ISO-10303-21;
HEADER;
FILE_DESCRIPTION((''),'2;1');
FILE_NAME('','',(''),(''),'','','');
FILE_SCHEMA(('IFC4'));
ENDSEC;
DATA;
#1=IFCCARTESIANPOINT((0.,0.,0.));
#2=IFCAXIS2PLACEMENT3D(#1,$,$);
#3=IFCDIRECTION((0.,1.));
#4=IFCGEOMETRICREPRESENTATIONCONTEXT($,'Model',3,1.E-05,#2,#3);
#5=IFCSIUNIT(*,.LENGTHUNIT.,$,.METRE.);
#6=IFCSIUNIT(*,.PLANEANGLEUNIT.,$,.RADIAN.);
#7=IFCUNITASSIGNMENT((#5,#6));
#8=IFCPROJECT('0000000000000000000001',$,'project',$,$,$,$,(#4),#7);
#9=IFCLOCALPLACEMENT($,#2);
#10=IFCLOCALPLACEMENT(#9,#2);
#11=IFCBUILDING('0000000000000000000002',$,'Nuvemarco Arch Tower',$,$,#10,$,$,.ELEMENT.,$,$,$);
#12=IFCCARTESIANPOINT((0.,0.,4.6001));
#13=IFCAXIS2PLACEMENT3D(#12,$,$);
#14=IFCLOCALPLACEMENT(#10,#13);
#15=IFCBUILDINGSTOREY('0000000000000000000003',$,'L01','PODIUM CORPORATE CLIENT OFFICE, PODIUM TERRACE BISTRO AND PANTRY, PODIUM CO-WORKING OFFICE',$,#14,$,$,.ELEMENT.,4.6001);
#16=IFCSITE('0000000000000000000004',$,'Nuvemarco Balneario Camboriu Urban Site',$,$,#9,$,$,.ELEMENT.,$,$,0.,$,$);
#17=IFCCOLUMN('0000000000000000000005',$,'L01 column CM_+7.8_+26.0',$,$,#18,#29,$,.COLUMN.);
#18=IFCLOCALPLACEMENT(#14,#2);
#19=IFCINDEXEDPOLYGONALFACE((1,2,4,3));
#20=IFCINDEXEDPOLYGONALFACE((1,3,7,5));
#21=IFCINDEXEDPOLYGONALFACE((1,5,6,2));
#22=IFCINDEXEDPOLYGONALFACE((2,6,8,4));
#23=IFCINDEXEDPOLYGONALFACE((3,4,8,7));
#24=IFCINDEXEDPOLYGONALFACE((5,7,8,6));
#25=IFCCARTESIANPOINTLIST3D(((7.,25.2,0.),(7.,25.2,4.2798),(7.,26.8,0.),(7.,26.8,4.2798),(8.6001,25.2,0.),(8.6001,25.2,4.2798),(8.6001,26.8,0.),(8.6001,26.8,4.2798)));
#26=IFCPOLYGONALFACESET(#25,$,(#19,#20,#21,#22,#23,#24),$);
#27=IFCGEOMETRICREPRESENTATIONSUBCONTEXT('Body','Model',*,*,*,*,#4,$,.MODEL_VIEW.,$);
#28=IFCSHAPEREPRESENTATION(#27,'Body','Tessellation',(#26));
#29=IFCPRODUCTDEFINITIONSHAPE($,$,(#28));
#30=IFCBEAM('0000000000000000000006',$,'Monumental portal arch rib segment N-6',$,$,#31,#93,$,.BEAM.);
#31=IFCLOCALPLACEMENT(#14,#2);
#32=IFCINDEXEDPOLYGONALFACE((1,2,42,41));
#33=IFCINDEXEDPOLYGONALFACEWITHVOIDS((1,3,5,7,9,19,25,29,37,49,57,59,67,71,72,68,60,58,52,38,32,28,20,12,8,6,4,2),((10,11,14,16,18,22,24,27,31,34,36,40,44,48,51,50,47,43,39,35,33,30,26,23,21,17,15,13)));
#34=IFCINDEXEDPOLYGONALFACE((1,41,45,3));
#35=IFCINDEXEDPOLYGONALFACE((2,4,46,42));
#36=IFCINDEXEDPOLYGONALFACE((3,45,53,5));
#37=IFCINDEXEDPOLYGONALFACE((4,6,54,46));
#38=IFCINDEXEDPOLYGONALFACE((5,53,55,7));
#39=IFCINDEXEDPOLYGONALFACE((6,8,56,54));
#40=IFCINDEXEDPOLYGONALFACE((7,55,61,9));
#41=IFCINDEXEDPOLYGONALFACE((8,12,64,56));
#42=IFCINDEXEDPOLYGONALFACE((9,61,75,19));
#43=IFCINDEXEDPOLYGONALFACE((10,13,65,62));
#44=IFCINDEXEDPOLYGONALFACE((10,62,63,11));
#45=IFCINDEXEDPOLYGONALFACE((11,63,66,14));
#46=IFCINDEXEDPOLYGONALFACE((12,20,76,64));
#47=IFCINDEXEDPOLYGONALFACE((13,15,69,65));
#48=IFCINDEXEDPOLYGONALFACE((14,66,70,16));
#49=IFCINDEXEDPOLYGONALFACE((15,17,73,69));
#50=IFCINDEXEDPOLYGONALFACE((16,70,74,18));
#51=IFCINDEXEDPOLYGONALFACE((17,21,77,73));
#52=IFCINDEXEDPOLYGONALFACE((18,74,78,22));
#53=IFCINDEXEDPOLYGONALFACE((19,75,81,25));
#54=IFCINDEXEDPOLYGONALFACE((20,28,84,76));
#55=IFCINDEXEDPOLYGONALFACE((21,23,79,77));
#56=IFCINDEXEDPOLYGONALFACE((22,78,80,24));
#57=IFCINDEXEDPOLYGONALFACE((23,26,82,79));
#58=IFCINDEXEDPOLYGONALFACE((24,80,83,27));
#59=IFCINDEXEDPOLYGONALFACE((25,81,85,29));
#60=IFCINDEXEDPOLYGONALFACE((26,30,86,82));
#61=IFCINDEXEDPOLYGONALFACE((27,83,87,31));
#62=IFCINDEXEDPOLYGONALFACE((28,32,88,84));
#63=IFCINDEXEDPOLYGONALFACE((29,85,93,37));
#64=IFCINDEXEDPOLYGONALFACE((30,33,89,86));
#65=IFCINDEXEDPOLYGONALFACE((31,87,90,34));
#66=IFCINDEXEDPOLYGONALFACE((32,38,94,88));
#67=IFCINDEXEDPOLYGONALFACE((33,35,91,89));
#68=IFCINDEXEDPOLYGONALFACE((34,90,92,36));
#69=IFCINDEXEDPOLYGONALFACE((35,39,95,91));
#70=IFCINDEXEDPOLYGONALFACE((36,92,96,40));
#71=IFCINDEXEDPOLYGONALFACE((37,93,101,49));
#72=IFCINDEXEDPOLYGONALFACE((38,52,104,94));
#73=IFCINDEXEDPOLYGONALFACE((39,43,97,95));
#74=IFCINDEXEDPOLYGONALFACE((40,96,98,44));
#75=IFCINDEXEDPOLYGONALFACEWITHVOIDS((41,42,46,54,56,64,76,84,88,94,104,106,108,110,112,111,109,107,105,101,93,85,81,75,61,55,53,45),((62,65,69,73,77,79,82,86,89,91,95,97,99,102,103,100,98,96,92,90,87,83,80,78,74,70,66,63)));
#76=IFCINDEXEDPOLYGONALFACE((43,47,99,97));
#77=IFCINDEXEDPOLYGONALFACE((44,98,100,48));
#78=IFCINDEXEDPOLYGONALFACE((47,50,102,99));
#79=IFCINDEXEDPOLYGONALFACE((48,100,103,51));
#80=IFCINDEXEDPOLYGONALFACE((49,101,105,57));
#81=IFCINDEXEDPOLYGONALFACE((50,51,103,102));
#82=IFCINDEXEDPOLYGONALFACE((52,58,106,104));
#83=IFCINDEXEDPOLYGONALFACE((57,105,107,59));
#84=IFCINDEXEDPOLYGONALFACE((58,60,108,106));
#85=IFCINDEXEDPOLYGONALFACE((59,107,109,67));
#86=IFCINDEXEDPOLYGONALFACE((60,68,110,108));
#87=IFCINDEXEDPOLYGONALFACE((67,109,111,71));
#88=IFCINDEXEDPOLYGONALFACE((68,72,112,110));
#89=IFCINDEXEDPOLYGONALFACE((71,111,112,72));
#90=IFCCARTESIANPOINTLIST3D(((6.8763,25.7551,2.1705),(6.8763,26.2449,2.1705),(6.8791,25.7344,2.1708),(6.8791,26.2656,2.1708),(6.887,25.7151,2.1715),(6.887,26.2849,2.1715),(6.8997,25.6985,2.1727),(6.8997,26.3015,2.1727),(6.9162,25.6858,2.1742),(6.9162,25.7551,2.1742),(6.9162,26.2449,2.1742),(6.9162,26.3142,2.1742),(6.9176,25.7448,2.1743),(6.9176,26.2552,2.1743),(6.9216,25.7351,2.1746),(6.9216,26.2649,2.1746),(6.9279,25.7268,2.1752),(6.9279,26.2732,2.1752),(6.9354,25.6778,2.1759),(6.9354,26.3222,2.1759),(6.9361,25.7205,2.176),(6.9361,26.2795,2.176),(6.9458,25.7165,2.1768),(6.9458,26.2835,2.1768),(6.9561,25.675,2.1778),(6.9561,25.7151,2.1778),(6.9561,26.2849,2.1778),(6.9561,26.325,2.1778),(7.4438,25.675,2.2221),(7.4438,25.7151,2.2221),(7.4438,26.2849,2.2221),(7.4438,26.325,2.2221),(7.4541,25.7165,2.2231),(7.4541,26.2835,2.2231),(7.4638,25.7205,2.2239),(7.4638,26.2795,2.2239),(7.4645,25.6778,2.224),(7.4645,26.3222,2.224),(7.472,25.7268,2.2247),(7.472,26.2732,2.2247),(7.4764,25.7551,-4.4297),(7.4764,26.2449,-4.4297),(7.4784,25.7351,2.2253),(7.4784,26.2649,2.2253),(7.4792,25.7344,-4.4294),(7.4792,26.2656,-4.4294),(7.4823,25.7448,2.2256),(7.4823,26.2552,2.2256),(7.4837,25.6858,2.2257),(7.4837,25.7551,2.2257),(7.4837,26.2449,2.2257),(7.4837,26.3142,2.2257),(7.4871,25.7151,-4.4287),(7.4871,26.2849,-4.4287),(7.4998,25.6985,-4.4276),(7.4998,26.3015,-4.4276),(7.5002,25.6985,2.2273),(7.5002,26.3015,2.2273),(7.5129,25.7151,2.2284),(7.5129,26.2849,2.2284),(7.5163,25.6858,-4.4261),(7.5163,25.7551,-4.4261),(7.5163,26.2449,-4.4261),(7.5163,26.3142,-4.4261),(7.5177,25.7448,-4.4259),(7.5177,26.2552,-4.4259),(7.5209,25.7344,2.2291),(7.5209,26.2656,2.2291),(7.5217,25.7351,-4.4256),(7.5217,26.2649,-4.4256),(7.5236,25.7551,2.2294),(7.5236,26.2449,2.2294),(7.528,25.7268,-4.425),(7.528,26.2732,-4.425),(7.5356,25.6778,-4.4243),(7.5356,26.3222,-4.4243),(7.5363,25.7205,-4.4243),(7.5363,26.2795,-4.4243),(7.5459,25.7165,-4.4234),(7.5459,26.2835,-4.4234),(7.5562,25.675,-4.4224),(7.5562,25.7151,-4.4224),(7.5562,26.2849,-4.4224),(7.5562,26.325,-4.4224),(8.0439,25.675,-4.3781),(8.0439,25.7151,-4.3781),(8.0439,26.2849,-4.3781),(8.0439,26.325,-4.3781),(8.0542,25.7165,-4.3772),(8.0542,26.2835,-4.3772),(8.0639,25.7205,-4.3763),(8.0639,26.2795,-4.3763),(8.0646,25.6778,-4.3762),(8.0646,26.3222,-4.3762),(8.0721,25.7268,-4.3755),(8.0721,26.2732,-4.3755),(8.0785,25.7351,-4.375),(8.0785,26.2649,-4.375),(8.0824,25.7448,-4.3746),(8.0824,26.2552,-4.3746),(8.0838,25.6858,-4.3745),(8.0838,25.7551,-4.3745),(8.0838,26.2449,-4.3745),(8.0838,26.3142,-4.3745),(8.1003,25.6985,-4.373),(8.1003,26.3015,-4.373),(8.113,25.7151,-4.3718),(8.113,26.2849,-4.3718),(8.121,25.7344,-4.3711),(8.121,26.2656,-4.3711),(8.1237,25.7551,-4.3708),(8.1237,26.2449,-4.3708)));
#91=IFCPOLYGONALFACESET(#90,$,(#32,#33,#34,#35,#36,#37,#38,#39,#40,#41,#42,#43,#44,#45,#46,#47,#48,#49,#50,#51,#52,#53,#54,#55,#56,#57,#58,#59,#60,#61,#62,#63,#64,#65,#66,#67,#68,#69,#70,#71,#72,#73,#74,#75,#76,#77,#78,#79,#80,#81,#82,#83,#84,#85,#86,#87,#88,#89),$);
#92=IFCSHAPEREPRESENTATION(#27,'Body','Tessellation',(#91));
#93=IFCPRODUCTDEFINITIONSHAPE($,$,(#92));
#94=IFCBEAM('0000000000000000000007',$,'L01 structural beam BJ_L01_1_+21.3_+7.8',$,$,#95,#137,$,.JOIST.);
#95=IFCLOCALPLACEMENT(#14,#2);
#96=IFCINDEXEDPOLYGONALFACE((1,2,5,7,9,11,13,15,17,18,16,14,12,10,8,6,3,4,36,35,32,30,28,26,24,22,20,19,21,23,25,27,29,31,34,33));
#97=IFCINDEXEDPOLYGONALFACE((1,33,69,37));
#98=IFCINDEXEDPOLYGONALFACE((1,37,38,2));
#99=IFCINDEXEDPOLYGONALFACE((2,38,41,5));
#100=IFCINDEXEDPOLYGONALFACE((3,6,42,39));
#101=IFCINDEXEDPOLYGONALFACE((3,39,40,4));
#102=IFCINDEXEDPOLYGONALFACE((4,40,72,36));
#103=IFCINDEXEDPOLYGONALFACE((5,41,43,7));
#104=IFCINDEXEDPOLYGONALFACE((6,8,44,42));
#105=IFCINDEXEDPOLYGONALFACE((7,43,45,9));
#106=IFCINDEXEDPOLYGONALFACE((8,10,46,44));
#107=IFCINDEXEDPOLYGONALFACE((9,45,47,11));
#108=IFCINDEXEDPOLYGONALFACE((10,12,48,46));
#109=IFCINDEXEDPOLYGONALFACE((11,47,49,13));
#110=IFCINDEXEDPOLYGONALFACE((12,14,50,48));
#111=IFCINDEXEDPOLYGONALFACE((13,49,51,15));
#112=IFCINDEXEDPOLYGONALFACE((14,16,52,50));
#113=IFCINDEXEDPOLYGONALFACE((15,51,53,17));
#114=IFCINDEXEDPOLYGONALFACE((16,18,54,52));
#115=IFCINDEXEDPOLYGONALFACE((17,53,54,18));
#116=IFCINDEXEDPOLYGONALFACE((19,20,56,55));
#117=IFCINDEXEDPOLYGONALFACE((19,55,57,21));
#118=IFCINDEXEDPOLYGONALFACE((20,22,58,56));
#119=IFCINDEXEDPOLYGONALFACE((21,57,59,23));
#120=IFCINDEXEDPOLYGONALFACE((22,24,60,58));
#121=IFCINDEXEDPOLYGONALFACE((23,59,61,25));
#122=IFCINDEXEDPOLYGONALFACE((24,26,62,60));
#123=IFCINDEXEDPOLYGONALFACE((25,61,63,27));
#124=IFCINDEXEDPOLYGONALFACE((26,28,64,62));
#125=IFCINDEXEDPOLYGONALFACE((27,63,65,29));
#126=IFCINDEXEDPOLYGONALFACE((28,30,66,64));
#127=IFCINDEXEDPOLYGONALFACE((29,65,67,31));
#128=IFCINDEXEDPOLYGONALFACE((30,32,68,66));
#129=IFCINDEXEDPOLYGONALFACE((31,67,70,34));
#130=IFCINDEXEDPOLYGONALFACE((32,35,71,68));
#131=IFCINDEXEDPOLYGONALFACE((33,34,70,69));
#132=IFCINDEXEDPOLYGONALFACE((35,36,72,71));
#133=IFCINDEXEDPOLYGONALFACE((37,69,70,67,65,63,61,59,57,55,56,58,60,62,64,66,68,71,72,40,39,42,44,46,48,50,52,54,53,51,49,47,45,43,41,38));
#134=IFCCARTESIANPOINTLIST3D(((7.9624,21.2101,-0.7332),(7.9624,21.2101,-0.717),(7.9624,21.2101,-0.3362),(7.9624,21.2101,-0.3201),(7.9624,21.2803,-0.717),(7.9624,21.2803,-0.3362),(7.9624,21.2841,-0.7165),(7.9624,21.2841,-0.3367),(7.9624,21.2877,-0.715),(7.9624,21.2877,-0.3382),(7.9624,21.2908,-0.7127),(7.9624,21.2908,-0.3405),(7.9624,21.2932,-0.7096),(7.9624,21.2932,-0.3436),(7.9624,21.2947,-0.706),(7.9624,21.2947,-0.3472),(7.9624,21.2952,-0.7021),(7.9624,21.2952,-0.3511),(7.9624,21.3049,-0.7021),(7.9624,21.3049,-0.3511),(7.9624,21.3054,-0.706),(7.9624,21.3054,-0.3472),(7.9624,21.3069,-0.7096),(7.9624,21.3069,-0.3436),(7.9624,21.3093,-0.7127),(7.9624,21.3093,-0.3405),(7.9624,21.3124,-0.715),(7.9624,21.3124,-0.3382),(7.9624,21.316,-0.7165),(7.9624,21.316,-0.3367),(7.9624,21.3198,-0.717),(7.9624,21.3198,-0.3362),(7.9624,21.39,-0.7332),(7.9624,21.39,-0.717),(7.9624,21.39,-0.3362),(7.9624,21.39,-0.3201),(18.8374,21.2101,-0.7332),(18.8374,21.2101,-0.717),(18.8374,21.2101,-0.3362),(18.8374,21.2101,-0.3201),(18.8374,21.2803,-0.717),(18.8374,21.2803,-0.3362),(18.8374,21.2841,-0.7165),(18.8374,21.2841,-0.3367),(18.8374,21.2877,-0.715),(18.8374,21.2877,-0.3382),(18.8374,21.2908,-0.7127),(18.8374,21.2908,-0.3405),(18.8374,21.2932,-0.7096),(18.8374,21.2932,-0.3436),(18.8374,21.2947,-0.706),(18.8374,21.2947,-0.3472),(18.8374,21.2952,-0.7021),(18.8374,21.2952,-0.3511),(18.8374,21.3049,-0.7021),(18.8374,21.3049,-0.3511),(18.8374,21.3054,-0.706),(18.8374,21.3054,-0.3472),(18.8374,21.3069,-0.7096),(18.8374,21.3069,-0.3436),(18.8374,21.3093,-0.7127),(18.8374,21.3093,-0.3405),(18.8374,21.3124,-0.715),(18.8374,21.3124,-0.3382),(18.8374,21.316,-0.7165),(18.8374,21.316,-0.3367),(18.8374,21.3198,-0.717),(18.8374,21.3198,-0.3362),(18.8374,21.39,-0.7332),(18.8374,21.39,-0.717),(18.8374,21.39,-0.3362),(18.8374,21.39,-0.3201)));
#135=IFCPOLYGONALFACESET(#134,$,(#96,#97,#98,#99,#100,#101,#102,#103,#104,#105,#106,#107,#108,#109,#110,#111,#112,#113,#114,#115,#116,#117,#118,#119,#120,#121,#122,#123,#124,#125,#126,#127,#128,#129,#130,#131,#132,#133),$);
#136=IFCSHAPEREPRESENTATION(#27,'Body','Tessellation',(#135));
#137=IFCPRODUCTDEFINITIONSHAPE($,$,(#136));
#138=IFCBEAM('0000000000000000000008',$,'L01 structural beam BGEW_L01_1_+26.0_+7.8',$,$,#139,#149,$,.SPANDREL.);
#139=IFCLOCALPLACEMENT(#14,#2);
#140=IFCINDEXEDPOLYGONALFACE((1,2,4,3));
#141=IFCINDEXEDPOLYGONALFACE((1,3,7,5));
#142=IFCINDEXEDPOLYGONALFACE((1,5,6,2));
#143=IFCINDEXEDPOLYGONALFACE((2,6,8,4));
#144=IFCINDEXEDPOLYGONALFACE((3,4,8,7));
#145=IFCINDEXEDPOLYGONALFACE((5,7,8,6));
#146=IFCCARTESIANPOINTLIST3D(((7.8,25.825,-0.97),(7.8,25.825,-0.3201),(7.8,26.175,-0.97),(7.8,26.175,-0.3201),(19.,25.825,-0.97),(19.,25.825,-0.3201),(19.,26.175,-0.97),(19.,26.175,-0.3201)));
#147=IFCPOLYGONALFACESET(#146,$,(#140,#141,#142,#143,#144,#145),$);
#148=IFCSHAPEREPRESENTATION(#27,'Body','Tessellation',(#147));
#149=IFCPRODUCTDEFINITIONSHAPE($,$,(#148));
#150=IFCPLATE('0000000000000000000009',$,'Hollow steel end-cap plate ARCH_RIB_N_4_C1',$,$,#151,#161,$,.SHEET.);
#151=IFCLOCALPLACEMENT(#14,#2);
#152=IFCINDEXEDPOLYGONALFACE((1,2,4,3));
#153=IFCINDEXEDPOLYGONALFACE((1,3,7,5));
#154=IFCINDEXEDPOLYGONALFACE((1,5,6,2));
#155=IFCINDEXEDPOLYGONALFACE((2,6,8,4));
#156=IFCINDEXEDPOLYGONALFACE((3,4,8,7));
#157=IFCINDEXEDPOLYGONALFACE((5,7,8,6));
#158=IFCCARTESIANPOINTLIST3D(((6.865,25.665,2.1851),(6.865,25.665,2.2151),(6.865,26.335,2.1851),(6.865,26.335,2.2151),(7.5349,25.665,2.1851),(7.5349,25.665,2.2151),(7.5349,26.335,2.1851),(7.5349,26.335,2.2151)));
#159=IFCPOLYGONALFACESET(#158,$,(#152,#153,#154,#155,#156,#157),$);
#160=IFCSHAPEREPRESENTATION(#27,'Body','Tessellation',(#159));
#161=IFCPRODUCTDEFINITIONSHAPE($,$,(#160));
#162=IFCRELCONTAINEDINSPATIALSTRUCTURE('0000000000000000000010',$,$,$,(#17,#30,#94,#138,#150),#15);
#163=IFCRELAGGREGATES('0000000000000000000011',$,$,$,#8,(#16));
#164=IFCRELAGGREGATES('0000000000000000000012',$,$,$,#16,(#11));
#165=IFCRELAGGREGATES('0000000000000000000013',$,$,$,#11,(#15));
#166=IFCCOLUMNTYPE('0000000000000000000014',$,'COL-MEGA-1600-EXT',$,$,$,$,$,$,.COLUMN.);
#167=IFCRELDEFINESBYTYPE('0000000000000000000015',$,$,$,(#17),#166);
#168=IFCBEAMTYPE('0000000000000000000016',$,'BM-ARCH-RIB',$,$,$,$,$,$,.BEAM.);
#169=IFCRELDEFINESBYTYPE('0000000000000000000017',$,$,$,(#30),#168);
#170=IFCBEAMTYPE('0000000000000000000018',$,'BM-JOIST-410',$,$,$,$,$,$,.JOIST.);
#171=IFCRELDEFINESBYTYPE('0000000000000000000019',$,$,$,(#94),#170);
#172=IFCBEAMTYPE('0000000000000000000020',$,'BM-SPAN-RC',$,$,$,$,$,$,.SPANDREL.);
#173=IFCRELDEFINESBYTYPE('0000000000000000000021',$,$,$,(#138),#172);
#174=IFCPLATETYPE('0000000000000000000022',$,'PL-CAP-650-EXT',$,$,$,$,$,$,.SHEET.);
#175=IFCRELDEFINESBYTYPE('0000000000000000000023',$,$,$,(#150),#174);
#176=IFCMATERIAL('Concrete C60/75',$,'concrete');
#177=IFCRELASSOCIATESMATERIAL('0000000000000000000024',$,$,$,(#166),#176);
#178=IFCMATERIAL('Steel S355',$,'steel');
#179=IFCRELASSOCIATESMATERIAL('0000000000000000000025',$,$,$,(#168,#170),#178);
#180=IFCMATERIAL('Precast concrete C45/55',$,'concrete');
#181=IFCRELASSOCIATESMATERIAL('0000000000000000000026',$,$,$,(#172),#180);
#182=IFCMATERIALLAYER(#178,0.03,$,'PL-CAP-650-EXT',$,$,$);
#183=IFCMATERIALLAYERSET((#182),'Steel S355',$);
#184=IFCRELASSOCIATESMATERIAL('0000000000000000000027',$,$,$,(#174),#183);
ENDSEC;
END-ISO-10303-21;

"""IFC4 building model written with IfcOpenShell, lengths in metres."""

from ifc_helpers import new_model, si_unit, direction, frame, origin, origin_2d, place, context, subcontext, project, spatial, rectangle, hollow_rectangle, i_section, extrude, source, transform, mapped, material, layer, layer_set, material_profile, profile_set, type_object, type_shapes, element, save


model = new_model("IFC4")

# Units and contexts
model_context = context("Model", 3, precision=1e-05, world=origin(), true_north=direction((0.0, 1.0)))
body_context = subcontext(model_context, "Body", "Model", "MODEL_VIEW")
ifc_project = project(units=[si_unit("LENGTHUNIT", "METRE"), si_unit("PLANEANGLEUNIT", "RADIAN")], contexts=[model_context])

# Site, building, storey
site_placement = place(None, origin())
site = spatial("IfcSite", under=ifc_project, at=site_placement, Name="Nuvemarco Balneario Camboriu Urban Site", CompositionType="ELEMENT", RefElevation=0.0)
building_placement = place(site_placement, origin())
building = spatial("IfcBuilding", under=site, at=building_placement, Name="Nuvemarco Arch Tower", CompositionType="ELEMENT")
storey_placement = place(building_placement, frame((0.0, 0.0, 4.6001)))
storey = spatial("IfcBuildingStorey", under=building, at=storey_placement, Name="L01", Description="PODIUM CORPORATE CLIENT OFFICE, PODIUM TERRACE BISTRO AND PANTRY, PODIUM CO-WORKING OFFICE", CompositionType="ELEMENT", Elevation=4.6001)

# Column
ifc_material_1 = material(Name="Concrete C60/75", Category="concrete")
ifc_material_profile_1 = material_profile(ifc_material_1, rectangle(XDim=1.6001, YDim=1.6001, at=origin_2d()), Name="RC-COL-1600x1600")
ifc_profile_set_1 = profile_set([ifc_material_profile_1], Name="Concrete C60/75")
column_type = type_object("IfcColumnType", Name="COL-MEGA-1600-EXT", PredefinedType="COLUMN", material=ifc_profile_set_1)
column_placement = place(storey_placement, frame((7.8, 26.0, 0.0), z_axis=(0.0, 0.0, 1.0), x_axis=(1.0, 0.0, 0.0)))
element("IfcColumn", 1, at=column_placement, inside=storey, type_object=column_type, Name="L01 column CM_+7.8_+26.0", PredefinedType="COLUMN", context=body_context, shape_type="SweptSolid", body=[
    extrude(rectangle(XDim=1.6001, YDim=1.6001, at=origin_2d()), origin(), (0.0, 0.0, 1.0), 4.2798),
])

# Beams
ifc_material_2 = material(Name="Steel S355", Category="steel")
ifc_material_profile_2 = material_profile(ifc_material_2, hollow_rectangle(XDim=0.6499, YDim=0.6499, WallThickness=0.04, InnerFilletRadius=0.04, OuterFilletRadius=0.0801, at=origin_2d()), Name="SHS650x650x40")
ifc_profile_set_2 = profile_set([ifc_material_profile_2], Name="Steel S355")
beam_type_1 = type_object("IfcBeamType", Name="BM-ARCH-RIB", PredefinedType="BEAM", material=ifc_profile_set_2)
beam_1_placement = place(storey_placement, frame((7.2, 26.0, 2.2), z_axis=(0.090549, 0.0, -0.995892), x_axis=(0.0, 1.0, 0.0)))
element("IfcBeam", 2, at=beam_1_placement, inside=storey, type_object=beam_type_1, Name="Monumental portal arch rib segment N-6", PredefinedType="BEAM", context=body_context, shape_type="SweptSolid", body=[
    extrude(hollow_rectangle(XDim=0.6499, YDim=0.6499, WallThickness=0.04, InnerFilletRadius=0.04, OuterFilletRadius=0.0801, at=origin_2d()), origin(), (0.0, 0.0, 1.0), 6.6274),
])
ifc_material_profile_3 = material_profile(ifc_material_2, i_section(OverallWidth=0.1799, OverallDepth=0.4131, WebThickness=0.0098, FlangeThickness=0.0161, FilletRadius=0.0149, at=origin_2d()), Name="W410x75")
ifc_profile_set_3 = profile_set([ifc_material_profile_3], Name="Steel S355")
beam_type_2 = type_object("IfcBeamType", Name="BM-JOIST-410", PredefinedType="JOIST", material=ifc_profile_set_3)
beam_2_placement = place(storey_placement, frame((7.9624, 21.3, -0.5266), z_axis=(1.0, 0.0, 0.0), x_axis=(0.0, 1.0, 0.0)))
element("IfcBeam", 3, at=beam_2_placement, inside=storey, type_object=beam_type_2, Name="L01 structural beam BJ_L01_1_+21.3_+7.8", PredefinedType="JOIST", context=body_context, shape_type="SweptSolid", body=[
    extrude(i_section(OverallWidth=0.1799, OverallDepth=0.4131, WebThickness=0.0098, FlangeThickness=0.0161, FilletRadius=0.0149, at=origin_2d()), origin(), (0.0, 0.0, 1.0), 10.875),
])
ifc_material_3 = material(Name="Precast concrete C45/55", Category="concrete")
ifc_material_profile_4 = material_profile(ifc_material_3, rectangle(XDim=0.3501, YDim=0.6499, at=origin_2d()), Name="PC-SP-350x650")
ifc_profile_set_4 = profile_set([ifc_material_profile_4], Name="Precast concrete C45/55")
beam_type_3 = type_object("IfcBeamType", Name="BM-SPAN-RC", PredefinedType="SPANDREL", material=ifc_profile_set_4)
beam_3_placement = place(storey_placement, frame((7.8, 26.0, -0.645), z_axis=(1.0, 0.0, 0.0), x_axis=(0.0, 1.0, 0.0)))
element("IfcBeam", 4, at=beam_3_placement, inside=storey, type_object=beam_type_3, Name="L01 structural beam BGEW_L01_1_+26.0_+7.8", PredefinedType="SPANDREL", context=body_context, shape_type="SweptSolid", body=[
    extrude(rectangle(XDim=0.3501, YDim=0.6499, at=origin_2d()), origin(), (0.0, 0.0, 1.0), 11.2),
])

# Plate
ifc_layer_1 = layer(ifc_material_2, 0.03, Name="PL-CAP-650-EXT")
ifc_layer_set_1 = layer_set([ifc_layer_1], Name="Steel S355")
plate_type_1 = type_object("IfcPlateType", Name="PL-CAP-650-EXT", PredefinedType="SHEET", material=ifc_layer_set_1)
shared_shape_1 = source(origin(), body_context, "Body", "SweptSolid", [
    extrude(rectangle(XDim=0.6699, YDim=0.6699, at=origin_2d()), origin(), (0.0, 0.0, 1.0), 0.03),
])
type_shapes(plate_type_1, [shared_shape_1])
plate_1_placement = place(storey_placement, frame((7.2, 26.0, 2.1851), z_axis=(0.0, 0.0, 1.0), x_axis=(1.0, 0.0, 0.0)))
element("IfcPlate", 5, at=plate_1_placement, inside=storey, type_object=plate_type_1, Name="Hollow steel end-cap plate ARCH_RIB_N_4_C1", PredefinedType="SHEET", context=body_context, shape_type="MappedRepresentation", body=[
    mapped(shared_shape_1, transform((0.0, 0.0, 0.0), scale=1.0)),
])

save(model, "model.ifc")
